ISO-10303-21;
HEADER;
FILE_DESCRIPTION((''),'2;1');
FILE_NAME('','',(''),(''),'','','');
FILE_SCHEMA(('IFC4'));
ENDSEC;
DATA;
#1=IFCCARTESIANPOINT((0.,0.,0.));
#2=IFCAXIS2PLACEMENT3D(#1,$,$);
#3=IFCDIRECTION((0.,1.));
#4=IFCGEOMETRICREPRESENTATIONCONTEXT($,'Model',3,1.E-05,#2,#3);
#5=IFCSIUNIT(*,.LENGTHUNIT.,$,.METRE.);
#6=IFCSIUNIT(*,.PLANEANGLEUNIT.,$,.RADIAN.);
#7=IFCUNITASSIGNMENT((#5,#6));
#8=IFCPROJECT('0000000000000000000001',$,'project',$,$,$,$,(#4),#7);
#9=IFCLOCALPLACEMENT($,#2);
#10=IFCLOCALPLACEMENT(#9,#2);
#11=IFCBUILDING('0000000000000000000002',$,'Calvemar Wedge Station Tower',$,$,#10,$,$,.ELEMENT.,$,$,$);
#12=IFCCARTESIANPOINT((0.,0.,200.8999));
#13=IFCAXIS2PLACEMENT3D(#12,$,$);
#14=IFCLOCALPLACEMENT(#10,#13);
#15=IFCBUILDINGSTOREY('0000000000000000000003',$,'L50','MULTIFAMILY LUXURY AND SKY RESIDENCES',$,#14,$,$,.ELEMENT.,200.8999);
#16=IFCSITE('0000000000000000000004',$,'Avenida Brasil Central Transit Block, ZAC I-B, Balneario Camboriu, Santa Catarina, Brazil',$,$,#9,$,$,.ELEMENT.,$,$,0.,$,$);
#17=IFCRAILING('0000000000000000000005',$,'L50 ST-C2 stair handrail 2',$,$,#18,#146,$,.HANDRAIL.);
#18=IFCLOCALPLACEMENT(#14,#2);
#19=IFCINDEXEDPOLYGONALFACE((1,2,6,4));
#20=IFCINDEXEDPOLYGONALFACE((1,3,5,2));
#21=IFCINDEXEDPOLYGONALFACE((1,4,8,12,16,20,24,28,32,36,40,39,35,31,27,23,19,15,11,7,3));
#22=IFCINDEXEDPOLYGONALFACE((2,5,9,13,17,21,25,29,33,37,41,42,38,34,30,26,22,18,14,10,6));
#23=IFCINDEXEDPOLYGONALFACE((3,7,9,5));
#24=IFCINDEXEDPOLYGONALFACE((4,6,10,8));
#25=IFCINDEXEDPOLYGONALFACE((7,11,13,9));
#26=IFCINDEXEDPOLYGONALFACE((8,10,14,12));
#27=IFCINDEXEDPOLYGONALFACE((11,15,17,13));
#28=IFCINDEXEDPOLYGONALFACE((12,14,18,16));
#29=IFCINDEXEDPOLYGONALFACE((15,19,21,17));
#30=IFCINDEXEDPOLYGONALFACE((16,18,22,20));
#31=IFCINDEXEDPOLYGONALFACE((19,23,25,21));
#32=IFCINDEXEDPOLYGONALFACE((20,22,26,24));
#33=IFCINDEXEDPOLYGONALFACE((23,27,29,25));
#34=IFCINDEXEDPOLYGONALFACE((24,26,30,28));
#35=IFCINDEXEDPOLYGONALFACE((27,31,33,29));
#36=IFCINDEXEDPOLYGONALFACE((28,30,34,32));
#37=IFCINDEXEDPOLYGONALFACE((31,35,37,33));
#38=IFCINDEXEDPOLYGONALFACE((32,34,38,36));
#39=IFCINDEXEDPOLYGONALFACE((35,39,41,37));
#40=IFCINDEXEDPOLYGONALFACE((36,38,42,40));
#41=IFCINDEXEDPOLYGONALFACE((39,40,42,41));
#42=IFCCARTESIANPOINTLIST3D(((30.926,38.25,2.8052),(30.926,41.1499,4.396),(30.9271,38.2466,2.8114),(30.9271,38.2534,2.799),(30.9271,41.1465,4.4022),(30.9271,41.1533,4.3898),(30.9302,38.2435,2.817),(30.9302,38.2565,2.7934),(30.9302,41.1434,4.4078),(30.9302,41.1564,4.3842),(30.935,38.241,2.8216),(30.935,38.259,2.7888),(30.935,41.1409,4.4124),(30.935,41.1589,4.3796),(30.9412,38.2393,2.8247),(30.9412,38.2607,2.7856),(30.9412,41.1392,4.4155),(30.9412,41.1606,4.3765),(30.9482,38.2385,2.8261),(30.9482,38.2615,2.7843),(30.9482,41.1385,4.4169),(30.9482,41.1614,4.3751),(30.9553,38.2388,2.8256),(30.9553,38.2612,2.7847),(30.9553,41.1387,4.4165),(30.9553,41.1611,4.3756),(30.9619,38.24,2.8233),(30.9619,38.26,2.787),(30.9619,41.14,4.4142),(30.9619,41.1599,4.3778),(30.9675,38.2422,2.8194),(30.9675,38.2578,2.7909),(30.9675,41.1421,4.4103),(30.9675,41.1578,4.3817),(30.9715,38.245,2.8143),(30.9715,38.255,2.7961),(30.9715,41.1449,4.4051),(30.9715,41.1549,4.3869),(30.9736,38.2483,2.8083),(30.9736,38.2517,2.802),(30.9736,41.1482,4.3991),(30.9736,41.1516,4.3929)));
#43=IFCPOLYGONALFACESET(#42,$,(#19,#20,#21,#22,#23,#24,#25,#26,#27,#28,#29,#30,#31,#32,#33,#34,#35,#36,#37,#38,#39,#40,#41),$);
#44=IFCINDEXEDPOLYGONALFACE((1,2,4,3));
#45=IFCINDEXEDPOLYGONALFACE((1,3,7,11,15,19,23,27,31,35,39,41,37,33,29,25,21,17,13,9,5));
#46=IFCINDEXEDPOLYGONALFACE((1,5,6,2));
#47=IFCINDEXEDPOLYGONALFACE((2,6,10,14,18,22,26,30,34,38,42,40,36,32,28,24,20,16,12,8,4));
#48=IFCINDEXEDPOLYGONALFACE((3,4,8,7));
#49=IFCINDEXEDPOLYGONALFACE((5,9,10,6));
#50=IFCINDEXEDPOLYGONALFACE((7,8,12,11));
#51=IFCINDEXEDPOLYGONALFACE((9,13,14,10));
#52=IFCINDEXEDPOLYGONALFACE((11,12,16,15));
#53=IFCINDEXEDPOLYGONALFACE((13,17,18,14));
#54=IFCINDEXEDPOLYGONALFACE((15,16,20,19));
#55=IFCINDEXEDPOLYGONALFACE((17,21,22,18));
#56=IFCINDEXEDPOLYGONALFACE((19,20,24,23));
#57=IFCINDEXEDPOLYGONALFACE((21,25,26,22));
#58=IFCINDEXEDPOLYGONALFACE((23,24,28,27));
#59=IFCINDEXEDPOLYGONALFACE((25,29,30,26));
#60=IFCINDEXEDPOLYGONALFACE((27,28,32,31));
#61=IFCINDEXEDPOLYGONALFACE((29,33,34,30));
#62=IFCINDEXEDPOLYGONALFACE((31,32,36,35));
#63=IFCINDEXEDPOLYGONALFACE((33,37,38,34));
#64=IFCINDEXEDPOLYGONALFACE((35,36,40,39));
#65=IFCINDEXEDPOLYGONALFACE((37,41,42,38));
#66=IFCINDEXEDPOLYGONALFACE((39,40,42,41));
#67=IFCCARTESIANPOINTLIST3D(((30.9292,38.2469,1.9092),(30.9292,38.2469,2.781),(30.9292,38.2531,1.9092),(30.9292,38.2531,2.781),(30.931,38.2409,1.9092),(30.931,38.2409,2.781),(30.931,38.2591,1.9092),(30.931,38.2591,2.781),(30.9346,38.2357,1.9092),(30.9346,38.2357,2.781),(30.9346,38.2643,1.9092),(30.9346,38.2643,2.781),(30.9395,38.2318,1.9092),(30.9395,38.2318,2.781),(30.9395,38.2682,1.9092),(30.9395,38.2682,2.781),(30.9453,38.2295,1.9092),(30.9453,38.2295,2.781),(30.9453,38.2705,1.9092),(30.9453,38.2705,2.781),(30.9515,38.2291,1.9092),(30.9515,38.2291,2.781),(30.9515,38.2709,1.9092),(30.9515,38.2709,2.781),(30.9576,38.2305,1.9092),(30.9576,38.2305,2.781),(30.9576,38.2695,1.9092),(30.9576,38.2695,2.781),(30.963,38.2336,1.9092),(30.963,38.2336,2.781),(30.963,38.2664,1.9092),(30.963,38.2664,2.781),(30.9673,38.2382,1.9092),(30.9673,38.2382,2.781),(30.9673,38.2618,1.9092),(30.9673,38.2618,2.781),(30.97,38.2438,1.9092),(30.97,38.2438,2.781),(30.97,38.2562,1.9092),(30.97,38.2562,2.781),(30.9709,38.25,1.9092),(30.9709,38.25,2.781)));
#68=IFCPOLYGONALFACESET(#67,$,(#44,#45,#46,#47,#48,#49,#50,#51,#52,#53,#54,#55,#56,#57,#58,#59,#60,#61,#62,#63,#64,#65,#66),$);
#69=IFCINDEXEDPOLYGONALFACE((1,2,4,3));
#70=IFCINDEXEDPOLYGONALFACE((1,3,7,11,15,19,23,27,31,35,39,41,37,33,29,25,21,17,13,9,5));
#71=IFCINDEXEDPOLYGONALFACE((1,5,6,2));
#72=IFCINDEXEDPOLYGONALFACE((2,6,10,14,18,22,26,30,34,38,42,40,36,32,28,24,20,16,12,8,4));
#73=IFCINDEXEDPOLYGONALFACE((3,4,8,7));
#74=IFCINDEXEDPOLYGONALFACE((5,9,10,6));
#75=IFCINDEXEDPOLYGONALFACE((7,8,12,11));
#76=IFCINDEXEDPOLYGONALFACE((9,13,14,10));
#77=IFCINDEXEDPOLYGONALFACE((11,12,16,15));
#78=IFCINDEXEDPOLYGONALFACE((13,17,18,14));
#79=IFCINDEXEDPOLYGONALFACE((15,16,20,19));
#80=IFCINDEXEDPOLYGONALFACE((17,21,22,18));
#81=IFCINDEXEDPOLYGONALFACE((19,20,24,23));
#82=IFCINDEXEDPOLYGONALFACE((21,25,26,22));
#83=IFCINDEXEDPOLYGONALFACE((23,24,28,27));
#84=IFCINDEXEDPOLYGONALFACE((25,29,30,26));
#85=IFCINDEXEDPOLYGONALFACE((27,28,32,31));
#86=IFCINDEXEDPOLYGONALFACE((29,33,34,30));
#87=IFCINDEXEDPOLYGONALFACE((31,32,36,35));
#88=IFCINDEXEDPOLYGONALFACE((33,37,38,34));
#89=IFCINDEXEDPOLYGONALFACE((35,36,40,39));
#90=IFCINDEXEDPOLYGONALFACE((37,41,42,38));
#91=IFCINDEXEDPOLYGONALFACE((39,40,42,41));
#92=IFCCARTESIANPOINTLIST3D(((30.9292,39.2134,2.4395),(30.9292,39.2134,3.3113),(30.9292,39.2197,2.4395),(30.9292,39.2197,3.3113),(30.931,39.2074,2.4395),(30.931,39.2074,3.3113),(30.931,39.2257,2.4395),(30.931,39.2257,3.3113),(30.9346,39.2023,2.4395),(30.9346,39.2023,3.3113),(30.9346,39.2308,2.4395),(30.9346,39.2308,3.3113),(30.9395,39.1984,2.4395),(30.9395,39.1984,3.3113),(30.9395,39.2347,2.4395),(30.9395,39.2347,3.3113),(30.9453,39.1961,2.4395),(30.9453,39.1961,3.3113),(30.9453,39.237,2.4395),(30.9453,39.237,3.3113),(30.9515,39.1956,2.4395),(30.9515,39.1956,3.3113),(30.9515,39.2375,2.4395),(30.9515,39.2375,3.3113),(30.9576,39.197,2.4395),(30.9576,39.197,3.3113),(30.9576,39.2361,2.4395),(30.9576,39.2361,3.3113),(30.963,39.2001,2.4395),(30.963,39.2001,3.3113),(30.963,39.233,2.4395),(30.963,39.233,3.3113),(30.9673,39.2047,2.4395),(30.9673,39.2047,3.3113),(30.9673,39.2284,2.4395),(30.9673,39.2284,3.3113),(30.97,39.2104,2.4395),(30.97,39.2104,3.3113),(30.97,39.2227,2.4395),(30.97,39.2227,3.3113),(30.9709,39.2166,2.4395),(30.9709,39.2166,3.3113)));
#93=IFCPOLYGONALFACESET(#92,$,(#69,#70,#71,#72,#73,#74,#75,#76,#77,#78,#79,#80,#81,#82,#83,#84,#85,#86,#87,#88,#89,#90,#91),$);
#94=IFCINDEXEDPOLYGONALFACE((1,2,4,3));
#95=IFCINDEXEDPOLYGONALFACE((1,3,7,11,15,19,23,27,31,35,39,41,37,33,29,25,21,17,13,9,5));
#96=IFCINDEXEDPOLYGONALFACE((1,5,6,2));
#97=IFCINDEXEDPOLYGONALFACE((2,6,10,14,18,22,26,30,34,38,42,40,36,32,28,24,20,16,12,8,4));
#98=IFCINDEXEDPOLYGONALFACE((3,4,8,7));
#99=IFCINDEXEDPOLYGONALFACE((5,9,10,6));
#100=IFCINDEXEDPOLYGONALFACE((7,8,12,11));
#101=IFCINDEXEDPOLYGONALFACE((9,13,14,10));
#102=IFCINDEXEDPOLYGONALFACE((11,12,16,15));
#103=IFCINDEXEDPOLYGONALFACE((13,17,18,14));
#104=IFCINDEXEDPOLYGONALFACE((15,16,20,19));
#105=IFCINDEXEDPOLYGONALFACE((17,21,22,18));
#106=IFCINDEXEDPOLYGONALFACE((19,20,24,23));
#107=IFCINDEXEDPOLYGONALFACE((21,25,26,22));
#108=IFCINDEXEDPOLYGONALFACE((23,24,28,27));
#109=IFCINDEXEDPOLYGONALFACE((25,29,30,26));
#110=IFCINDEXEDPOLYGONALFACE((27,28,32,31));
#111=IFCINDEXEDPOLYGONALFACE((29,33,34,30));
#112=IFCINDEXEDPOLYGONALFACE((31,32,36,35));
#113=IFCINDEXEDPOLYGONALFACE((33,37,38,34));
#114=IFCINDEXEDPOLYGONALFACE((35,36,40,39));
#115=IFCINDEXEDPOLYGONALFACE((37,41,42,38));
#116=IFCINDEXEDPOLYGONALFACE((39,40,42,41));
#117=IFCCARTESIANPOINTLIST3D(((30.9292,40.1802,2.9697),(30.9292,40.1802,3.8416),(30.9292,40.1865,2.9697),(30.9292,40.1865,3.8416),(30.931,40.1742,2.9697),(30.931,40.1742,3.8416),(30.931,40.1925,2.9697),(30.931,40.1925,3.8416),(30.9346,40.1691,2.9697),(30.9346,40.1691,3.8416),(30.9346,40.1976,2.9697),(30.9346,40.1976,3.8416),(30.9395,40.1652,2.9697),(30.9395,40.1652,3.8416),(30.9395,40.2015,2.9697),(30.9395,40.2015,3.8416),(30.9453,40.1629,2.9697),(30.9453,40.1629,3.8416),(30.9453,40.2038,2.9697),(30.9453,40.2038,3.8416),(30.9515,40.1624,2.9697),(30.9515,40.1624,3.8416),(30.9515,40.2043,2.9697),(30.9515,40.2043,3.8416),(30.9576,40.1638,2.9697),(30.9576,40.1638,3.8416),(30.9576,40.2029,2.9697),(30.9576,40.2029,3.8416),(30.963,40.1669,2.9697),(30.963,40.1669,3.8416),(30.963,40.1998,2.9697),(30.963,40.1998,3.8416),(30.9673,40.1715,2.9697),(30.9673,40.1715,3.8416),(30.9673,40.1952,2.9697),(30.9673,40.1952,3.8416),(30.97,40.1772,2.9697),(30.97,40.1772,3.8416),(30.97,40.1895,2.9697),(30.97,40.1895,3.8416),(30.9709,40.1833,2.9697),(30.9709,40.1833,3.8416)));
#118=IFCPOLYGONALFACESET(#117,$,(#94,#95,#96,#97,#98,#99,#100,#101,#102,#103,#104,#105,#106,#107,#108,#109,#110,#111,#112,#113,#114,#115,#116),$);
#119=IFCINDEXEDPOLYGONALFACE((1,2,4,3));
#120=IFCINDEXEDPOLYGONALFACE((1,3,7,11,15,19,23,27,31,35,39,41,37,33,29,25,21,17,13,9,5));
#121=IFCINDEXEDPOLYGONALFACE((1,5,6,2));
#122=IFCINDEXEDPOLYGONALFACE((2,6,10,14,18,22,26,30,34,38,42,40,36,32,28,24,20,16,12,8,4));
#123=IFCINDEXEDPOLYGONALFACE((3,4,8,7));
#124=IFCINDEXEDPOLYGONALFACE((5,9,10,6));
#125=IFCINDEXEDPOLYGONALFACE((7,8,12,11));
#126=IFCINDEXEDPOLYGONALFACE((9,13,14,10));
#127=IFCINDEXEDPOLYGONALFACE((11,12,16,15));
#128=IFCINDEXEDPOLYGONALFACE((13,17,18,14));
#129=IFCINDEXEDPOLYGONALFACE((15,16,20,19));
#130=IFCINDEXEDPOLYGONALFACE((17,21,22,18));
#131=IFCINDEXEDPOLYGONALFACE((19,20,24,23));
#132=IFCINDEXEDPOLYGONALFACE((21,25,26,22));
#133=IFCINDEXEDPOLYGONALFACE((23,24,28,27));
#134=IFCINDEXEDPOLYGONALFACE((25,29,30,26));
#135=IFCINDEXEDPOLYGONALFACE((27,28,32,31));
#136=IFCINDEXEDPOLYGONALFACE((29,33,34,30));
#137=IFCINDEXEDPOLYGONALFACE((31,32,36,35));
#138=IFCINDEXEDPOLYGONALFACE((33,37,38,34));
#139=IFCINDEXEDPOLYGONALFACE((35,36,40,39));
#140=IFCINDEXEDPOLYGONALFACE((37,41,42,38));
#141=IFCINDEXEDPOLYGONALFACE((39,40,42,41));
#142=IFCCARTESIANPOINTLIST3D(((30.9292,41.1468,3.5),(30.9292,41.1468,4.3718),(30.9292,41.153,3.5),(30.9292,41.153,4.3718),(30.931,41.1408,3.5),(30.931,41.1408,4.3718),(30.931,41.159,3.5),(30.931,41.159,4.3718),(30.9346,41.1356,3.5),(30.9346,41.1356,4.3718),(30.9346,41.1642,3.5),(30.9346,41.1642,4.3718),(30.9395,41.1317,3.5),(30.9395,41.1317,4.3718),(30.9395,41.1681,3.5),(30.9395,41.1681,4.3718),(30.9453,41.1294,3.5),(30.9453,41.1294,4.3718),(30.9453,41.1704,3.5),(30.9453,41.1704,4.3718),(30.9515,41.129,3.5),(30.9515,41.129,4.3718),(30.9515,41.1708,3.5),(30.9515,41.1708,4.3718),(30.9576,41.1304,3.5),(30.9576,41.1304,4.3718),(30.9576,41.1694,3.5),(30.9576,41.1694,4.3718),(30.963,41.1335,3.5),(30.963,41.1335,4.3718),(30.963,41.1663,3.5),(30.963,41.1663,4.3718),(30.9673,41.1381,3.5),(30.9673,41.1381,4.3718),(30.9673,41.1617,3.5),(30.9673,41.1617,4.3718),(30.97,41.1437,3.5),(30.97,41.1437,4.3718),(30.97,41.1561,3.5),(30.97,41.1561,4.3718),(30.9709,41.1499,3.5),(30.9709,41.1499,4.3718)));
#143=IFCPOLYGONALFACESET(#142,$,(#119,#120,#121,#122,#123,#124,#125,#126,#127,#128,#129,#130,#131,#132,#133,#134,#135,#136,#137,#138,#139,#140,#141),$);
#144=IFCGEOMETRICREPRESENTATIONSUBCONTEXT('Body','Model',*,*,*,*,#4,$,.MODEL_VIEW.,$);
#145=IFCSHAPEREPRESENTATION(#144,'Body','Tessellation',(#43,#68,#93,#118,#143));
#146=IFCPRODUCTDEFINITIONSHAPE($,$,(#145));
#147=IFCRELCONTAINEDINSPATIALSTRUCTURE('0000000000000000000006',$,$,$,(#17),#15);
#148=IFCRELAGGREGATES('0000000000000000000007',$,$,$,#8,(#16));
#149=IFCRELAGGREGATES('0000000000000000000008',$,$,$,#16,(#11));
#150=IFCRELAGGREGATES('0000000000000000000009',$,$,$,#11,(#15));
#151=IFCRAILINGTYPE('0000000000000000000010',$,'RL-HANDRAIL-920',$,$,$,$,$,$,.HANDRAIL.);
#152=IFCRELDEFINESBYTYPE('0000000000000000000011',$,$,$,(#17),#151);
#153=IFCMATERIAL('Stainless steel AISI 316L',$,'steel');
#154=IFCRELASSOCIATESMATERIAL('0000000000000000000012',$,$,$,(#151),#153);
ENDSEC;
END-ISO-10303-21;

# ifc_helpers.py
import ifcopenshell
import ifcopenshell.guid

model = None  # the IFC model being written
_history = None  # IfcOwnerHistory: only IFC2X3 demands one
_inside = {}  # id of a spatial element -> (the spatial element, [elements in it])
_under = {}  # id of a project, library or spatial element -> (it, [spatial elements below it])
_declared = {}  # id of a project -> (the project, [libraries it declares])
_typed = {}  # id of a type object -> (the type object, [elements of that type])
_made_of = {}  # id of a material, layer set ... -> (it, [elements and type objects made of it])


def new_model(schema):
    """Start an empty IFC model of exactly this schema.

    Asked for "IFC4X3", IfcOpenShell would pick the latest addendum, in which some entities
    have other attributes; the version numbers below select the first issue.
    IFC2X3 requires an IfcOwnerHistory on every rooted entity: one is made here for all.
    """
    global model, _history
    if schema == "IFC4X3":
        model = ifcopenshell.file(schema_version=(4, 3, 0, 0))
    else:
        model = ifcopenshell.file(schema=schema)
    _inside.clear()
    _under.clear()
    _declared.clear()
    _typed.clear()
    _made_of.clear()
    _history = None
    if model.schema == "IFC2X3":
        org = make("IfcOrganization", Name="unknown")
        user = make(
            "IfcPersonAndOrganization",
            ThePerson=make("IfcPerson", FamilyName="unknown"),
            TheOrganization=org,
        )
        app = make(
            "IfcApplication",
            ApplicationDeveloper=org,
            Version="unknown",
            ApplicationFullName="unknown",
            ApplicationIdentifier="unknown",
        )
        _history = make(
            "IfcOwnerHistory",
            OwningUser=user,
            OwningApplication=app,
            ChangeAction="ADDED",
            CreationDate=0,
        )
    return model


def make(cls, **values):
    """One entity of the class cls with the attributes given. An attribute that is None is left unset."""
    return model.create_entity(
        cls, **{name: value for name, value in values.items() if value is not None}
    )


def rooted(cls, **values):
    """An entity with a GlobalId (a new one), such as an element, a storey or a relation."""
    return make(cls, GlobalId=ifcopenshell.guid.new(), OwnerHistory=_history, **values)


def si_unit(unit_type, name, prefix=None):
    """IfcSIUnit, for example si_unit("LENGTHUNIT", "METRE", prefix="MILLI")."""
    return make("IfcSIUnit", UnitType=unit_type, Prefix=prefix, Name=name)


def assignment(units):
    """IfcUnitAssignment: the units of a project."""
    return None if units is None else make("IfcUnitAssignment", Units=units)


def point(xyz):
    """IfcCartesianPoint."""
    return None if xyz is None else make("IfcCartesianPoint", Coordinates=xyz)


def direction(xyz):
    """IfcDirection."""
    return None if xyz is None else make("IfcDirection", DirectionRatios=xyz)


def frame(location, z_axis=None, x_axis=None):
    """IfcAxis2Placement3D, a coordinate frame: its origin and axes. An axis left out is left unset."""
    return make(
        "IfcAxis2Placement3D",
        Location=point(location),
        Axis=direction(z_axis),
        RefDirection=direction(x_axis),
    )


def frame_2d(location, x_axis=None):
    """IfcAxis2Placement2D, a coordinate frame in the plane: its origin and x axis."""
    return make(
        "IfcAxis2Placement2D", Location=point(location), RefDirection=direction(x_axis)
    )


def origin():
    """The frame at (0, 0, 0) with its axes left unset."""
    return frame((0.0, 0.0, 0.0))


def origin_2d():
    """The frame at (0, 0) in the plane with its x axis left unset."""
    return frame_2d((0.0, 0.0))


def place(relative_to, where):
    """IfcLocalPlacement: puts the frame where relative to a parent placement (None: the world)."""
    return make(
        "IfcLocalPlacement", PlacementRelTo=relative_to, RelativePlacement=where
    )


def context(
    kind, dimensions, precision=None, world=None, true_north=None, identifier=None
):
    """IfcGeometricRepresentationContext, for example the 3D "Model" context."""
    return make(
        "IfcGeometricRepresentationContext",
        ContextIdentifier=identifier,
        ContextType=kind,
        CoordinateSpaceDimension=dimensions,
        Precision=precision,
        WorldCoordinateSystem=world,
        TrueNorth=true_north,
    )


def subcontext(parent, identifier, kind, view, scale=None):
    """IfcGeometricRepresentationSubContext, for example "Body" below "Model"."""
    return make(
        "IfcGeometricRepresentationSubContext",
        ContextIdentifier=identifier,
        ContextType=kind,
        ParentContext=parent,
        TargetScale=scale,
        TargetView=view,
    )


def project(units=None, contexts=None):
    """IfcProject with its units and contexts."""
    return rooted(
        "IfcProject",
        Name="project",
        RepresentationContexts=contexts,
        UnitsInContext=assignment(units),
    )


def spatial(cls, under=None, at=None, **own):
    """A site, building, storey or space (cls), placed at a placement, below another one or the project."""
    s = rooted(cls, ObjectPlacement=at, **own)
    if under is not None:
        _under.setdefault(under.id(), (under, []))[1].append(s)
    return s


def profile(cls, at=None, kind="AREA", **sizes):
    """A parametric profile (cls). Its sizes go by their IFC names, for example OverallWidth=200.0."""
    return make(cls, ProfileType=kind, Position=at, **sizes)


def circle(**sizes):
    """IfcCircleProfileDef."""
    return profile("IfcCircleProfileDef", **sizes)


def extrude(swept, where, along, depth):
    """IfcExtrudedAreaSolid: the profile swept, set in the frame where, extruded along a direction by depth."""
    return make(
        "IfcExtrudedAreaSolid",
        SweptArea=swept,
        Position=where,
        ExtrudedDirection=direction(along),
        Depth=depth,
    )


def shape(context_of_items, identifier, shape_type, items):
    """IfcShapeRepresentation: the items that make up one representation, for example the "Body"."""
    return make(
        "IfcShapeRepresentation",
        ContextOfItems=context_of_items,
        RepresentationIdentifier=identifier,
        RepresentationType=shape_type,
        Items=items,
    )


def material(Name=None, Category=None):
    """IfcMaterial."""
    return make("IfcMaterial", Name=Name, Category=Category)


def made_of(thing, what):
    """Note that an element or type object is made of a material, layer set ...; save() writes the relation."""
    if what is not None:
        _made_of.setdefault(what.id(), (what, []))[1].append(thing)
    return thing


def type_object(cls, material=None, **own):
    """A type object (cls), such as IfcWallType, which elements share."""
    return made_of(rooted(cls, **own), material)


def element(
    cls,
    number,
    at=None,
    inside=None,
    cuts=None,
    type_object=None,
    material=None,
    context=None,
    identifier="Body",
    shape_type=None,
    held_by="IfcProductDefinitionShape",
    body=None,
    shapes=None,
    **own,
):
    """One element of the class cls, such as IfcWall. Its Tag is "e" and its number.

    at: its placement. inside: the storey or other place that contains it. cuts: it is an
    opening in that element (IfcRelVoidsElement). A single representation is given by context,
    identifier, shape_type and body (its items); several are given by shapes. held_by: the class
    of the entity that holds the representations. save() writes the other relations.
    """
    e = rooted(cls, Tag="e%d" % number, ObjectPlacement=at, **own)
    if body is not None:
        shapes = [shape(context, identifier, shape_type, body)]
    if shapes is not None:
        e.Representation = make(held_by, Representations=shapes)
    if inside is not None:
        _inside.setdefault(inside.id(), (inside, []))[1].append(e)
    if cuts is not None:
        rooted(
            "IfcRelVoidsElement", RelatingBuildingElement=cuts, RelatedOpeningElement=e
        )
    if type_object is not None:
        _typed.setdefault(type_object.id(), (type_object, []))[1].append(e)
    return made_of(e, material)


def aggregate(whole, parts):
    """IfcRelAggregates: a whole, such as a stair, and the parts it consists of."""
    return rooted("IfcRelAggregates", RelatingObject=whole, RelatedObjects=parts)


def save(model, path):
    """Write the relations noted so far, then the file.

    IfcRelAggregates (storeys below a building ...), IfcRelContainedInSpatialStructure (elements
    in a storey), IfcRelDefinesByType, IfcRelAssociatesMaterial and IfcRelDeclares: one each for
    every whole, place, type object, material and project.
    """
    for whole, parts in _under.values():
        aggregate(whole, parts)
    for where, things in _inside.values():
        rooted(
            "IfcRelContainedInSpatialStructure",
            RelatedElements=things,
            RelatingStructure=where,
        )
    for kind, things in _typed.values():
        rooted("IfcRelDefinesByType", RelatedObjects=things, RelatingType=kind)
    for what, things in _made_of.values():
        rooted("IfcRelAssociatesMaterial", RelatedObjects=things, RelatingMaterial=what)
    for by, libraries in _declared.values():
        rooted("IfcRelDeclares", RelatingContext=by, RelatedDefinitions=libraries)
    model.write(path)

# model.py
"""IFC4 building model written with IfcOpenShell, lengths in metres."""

from ifc_helpers import new_model, si_unit, direction, frame, origin, origin_2d, place, context, subcontext, project, spatial, circle, extrude, material, type_object, element, save


model = new_model("IFC4")

# Units and contexts
model_context = context("Model", 3, precision=1e-05, world=origin(), true_north=direction((0.0, 1.0)))
body_context = subcontext(model_context, "Body", "Model", "MODEL_VIEW")
ifc_project = project(units=[si_unit("LENGTHUNIT", "METRE"), si_unit("PLANEANGLEUNIT", "RADIAN")], contexts=[model_context])

# Site, building, storey
site_placement = place(None, origin())
site = spatial("IfcSite", under=ifc_project, at=site_placement, Name="Avenida Brasil Central Transit Block, ZAC I-B, Balneario Camboriu, Santa Catarina, Brazil", CompositionType="ELEMENT", RefElevation=0.0)
building_placement = place(site_placement, origin())
building = spatial("IfcBuilding", under=site, at=building_placement, Name="Calvemar Wedge Station Tower", CompositionType="ELEMENT")
storey_placement = place(building_placement, frame((0.0, 0.0, 200.8999)))
storey = spatial("IfcBuildingStorey", under=building, at=storey_placement, Name="L50", Description="MULTIFAMILY LUXURY AND SKY RESIDENCES", CompositionType="ELEMENT", Elevation=200.8999)

# Railing
ifc_material_1 = material(Name="Stainless steel AISI 316L", Category="steel")
railing_type_1 = type_object("IfcRailingType", Name="RL-HANDRAIL-920", PredefinedType="HANDRAIL", material=ifc_material_1)
railing_1_placement = place(storey_placement, frame((30.95, 38.25, 1.9092)))
element("IfcRailing", 1, at=railing_1_placement, inside=storey, type_object=railing_type_1, Name="L50 ST-C2 stair handrail 2", PredefinedType="HANDRAIL", context=body_context, shape_type="SweptSolid", body=[
    extrude(circle(Radius=0.0239, at=origin_2d()), frame((0.0, 0.0, 0.896), z_axis=(0.0, 0.876742, 0.480961), x_axis=(-1.0, 0.0, 0.0)), (0.0, 0.0, 1.0), 3.3076),
    extrude(circle(Radius=0.021, at=origin_2d()), origin(), (0.0, 0.0, 1.0), 0.8718),
    extrude(circle(Radius=0.021, at=origin_2d()), frame((0.0, 0.9666, 0.5303)), (0.0, 0.0, 1.0), 0.8718),
    extrude(circle(Radius=0.021, at=origin_2d()), frame((0.0, 1.9333, 1.0605)), (0.0, 0.0, 1.0), 0.8718),
    extrude(circle(Radius=0.021, at=origin_2d()), frame((0.0, 2.8999, 1.5908)), (0.0, 0.0, 1.0), 0.8718),
])

save(model, "model.ifc")
